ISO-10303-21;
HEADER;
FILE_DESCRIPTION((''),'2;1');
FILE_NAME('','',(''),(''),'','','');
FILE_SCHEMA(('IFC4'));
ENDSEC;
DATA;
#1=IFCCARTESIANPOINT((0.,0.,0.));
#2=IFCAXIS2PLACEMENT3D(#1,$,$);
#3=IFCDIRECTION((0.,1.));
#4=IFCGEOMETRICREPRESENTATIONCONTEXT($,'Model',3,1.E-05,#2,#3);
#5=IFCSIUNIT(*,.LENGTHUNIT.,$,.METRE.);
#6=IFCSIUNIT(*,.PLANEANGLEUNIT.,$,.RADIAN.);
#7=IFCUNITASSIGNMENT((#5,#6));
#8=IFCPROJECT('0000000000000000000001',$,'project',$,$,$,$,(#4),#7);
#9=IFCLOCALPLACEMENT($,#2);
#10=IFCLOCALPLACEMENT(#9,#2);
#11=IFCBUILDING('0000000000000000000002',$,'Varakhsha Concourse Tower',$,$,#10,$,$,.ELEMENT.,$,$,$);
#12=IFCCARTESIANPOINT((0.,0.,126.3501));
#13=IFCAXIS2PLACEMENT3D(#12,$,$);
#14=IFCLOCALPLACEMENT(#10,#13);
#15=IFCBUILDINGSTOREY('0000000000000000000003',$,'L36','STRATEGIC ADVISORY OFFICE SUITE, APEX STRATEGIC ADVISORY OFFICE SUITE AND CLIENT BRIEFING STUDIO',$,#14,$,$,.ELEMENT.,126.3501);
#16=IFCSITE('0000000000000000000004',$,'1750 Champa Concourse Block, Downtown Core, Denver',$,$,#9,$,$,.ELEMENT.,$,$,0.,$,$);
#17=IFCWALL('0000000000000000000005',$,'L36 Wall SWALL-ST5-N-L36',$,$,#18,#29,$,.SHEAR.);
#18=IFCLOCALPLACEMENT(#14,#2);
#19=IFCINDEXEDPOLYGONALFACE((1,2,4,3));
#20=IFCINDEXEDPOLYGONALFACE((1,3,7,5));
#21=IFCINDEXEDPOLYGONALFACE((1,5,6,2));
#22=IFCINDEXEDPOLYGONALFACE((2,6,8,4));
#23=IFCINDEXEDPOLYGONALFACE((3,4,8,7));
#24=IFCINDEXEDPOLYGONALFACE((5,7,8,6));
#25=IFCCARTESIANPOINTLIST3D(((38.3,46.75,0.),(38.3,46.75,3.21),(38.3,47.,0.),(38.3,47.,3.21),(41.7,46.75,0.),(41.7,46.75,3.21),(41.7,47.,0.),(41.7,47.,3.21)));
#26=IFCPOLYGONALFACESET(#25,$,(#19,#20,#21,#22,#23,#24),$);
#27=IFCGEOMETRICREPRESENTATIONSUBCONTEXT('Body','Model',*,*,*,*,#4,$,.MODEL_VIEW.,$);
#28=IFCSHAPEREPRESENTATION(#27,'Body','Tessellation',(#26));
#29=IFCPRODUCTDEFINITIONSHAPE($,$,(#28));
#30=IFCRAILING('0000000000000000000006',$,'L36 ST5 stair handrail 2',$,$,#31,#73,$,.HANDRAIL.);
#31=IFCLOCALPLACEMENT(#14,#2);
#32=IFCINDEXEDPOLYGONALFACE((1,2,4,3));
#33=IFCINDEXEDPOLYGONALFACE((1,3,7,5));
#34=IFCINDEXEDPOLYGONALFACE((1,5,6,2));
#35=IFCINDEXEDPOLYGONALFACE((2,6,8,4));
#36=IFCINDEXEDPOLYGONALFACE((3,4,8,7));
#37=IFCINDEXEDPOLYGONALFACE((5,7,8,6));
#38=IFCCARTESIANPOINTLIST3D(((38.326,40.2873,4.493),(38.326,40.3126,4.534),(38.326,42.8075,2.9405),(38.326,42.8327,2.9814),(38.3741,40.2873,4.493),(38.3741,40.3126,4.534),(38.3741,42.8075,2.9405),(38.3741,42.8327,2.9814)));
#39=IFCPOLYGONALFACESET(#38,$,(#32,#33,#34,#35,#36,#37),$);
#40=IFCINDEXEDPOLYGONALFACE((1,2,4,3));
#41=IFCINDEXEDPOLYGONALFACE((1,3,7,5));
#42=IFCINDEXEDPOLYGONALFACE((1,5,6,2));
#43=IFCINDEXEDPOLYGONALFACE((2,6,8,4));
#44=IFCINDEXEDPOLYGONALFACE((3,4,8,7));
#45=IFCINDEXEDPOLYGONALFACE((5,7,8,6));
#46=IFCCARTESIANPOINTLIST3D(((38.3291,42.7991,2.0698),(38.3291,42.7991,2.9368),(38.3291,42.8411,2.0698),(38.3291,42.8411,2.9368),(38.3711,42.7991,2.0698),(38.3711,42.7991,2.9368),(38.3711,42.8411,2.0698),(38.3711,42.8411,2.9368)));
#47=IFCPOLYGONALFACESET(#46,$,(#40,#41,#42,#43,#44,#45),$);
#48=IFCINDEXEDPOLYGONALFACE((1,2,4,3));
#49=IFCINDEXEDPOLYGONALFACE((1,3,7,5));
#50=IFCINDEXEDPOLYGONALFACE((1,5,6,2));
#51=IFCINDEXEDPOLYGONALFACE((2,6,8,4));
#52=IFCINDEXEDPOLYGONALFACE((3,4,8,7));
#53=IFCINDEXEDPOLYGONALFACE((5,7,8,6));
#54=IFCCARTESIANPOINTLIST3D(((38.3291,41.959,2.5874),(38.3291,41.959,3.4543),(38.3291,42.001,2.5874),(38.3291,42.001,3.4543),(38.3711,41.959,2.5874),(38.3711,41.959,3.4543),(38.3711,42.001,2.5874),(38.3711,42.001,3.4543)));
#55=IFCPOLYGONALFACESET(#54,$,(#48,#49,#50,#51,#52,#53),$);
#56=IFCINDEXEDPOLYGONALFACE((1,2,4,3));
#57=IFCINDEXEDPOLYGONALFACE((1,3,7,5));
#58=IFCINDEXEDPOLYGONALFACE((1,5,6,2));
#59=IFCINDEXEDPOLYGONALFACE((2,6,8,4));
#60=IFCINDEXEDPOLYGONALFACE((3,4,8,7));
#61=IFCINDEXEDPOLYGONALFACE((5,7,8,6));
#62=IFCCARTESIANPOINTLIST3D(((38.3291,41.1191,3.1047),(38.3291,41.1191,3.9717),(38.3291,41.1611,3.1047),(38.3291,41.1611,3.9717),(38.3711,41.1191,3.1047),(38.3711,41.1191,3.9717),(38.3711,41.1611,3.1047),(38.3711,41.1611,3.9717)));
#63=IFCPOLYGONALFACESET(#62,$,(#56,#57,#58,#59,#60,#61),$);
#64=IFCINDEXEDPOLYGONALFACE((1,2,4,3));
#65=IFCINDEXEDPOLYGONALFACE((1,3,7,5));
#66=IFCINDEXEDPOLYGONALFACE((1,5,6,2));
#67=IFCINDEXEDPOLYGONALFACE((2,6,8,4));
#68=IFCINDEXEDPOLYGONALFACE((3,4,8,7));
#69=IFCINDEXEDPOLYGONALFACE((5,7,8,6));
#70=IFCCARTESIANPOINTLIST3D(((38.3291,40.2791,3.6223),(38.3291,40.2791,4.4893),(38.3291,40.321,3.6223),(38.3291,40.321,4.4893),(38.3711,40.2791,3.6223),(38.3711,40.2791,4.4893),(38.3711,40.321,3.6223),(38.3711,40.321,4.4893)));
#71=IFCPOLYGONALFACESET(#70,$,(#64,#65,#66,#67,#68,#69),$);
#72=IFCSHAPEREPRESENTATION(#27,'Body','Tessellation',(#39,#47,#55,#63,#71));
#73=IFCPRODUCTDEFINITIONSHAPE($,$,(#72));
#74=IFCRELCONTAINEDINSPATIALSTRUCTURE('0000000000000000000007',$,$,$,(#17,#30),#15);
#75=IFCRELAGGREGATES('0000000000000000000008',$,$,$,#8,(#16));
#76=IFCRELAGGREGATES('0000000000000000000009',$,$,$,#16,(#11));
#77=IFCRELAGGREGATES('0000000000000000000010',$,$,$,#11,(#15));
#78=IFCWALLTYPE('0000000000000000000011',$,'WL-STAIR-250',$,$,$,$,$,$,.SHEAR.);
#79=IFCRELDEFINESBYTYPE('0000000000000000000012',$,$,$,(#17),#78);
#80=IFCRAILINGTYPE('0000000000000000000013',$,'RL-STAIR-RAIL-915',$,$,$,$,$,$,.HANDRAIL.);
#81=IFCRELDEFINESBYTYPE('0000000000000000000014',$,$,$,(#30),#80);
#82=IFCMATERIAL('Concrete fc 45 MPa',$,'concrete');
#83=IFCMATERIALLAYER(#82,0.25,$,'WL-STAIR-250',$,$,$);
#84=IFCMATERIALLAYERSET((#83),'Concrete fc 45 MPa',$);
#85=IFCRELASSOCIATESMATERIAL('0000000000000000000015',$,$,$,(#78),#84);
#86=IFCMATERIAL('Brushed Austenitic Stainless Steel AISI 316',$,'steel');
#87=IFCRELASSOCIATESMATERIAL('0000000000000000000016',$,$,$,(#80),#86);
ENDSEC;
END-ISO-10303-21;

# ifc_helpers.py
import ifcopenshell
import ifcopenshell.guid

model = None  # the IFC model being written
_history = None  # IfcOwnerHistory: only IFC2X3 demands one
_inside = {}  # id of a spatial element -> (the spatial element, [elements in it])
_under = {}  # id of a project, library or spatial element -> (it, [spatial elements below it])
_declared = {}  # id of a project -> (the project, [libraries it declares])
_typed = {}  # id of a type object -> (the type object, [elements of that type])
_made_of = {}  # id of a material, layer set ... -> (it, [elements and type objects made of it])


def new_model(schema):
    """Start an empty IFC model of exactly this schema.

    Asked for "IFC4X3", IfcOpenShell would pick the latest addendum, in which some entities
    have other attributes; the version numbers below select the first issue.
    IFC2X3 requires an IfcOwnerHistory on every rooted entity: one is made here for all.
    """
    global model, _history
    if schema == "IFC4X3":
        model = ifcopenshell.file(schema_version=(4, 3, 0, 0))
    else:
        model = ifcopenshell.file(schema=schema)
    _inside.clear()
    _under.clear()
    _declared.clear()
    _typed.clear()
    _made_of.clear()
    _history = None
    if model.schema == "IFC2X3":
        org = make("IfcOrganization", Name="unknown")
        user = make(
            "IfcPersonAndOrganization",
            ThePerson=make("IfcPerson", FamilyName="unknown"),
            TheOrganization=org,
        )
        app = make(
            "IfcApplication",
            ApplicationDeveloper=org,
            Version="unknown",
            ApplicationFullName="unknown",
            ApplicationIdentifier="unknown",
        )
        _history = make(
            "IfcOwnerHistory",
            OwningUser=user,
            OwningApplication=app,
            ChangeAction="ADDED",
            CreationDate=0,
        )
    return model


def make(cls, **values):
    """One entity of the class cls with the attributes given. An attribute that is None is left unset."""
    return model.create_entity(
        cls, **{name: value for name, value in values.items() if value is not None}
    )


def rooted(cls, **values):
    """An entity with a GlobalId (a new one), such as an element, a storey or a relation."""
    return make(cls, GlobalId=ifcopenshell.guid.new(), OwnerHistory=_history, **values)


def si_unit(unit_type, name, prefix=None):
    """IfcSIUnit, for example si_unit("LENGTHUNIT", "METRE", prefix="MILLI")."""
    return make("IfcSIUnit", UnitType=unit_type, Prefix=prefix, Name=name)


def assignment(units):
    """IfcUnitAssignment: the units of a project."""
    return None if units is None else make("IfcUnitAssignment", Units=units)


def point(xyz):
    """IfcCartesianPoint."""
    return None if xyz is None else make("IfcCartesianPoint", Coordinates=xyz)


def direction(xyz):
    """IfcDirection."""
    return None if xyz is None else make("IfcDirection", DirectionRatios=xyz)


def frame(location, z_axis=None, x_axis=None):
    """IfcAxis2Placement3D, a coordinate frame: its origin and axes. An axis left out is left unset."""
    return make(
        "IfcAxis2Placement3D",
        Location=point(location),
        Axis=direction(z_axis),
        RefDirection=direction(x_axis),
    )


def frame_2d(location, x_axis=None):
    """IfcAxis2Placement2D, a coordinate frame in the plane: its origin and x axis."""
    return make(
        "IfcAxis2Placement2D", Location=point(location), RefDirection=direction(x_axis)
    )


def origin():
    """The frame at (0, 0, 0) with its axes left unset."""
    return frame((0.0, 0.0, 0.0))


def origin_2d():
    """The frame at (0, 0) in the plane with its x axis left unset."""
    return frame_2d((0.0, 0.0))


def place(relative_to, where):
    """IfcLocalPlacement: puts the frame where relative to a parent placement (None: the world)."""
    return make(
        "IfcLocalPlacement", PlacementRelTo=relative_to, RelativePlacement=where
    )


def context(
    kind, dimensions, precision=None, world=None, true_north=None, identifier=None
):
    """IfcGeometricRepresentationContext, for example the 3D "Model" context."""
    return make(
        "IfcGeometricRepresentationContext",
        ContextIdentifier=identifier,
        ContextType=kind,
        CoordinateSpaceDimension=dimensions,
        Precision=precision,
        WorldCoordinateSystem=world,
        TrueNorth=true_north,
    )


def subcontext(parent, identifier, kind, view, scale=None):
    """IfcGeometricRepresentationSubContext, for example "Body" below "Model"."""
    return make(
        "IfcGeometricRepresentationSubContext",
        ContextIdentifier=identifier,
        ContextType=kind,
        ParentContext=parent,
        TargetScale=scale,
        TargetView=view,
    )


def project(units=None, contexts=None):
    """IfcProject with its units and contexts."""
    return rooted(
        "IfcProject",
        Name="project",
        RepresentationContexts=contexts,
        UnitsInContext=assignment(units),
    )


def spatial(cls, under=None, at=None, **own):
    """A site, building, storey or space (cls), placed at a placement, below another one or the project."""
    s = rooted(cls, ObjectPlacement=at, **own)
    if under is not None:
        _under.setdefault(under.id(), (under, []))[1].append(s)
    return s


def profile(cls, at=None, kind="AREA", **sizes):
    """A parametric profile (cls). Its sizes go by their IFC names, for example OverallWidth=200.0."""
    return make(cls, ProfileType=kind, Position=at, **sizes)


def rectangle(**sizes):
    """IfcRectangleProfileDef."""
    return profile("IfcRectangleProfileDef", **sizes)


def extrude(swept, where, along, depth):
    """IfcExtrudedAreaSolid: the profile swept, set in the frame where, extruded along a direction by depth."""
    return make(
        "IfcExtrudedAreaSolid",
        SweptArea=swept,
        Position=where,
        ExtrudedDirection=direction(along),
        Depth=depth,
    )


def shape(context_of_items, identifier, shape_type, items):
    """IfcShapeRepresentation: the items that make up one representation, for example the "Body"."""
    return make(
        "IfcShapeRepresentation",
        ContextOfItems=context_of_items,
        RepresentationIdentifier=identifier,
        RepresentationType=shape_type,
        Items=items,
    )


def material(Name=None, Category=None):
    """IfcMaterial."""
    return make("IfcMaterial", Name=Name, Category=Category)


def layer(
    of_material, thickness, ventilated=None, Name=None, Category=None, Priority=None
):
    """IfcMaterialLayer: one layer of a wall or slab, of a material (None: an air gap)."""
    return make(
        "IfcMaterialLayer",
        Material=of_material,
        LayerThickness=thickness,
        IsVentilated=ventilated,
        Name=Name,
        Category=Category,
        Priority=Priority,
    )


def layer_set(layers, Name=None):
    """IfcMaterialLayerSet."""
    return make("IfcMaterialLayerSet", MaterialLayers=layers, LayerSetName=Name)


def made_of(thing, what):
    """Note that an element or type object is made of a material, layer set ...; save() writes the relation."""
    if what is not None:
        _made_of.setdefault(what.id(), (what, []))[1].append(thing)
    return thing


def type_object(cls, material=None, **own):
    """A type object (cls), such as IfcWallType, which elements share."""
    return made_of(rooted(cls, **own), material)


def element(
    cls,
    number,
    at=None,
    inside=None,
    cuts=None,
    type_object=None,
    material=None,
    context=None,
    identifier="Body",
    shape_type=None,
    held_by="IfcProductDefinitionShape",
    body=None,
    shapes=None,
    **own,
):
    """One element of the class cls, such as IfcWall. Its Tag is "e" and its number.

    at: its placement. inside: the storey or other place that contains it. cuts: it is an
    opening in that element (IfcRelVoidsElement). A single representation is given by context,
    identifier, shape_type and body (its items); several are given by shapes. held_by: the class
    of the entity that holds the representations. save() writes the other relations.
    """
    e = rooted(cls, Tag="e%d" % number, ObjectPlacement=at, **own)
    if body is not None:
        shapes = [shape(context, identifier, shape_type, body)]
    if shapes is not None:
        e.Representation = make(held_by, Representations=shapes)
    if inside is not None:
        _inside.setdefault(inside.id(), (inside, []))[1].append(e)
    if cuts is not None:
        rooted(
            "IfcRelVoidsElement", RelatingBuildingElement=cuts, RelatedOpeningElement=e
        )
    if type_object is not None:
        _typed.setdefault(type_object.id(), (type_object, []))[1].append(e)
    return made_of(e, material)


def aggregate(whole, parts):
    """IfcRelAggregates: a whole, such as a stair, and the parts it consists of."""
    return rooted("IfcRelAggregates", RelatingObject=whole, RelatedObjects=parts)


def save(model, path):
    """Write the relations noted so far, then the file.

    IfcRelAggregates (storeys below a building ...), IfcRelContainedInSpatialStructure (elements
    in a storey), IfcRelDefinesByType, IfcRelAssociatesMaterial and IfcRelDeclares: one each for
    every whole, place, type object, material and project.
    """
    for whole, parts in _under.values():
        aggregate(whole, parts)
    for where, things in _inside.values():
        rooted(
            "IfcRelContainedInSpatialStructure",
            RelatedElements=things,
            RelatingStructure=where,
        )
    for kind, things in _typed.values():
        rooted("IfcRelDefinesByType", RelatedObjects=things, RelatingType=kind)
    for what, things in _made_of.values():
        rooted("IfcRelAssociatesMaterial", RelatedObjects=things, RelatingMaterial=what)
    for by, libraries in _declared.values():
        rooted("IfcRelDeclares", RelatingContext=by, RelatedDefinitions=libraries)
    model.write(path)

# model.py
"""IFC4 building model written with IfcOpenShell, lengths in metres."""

from ifc_helpers import new_model, si_unit, direction, frame, frame_2d, origin, origin_2d, place, context, subcontext, project, spatial, rectangle, extrude, material, layer, layer_set, type_object, element, save


model = new_model("IFC4")

# Units and contexts
model_context = context("Model", 3, precision=1e-05, world=origin(), true_north=direction((0.0, 1.0)))
body_context = subcontext(model_context, "Body", "Model", "MODEL_VIEW")
ifc_project = project(units=[si_unit("LENGTHUNIT", "METRE"), si_unit("PLANEANGLEUNIT", "RADIAN")], contexts=[model_context])

# Site, building, storey
site_placement = place(None, origin())
site = spatial("IfcSite", under=ifc_project, at=site_placement, Name="1750 Champa Concourse Block, Downtown Core, Denver", CompositionType="ELEMENT", RefElevation=0.0)
building_placement = place(site_placement, origin())
building = spatial("IfcBuilding", under=site, at=building_placement, Name="Varakhsha Concourse Tower", CompositionType="ELEMENT")
storey_placement = place(building_placement, frame((0.0, 0.0, 126.3501)))
storey = spatial("IfcBuildingStorey", under=building, at=storey_placement, Name="L36", Description="STRATEGIC ADVISORY OFFICE SUITE, APEX STRATEGIC ADVISORY OFFICE SUITE AND CLIENT BRIEFING STUDIO", CompositionType="ELEMENT", Elevation=126.3501)

# Shared definitions
ifc_material_1 = material(Name="Concrete fc 45 MPa", Category="concrete")
ifc_layer_1 = layer(ifc_material_1, 0.25, Name="WL-STAIR-250")
ifc_layer_set_1 = layer_set([ifc_layer_1], Name="Concrete fc 45 MPa")
wall_type_1 = type_object("IfcWallType", Name="WL-STAIR-250", PredefinedType="SHEAR", material=ifc_layer_set_1)

# Wall
wall_1_placement = place(storey_placement, frame((38.3, 46.875, 0.0), z_axis=(0.0, 0.0, 1.0), x_axis=(1.0, 0.0, 0.0)))
element("IfcWall", 1, at=wall_1_placement, inside=storey, type_object=wall_type_1, Name="L36 Wall SWALL-ST5-N-L36", PredefinedType="SHEAR", context=body_context, shape_type="SweptSolid", body=[
    extrude(rectangle(XDim=3.3999, YDim=0.25, at=frame_2d((1.7, 0.0))), origin(), (0.0, 0.0, 1.0), 3.21),
])

# Railing
ifc_material_2 = material(Name="Brushed Austenitic Stainless Steel AISI 316", Category="steel")
railing_type = type_object("IfcRailingType", Name="RL-STAIR-RAIL-915", PredefinedType="HANDRAIL", material=ifc_material_2)
railing_placement = place(storey_placement, frame((38.3501, 42.8201, 2.0698)))
element("IfcRailing", 2, at=railing_placement, inside=storey, type_object=railing_type, Name="L36 ST5 stair handrail 2", PredefinedType="HANDRAIL", context=body_context, shape_type="SweptSolid", body=[
    extrude(rectangle(XDim=0.0481, YDim=0.0481, at=origin_2d()), frame((0.0, 0.0, 0.8911), z_axis=(0.0, -0.8514, 0.524516), x_axis=(1.0, 0.0, 0.0)), (0.0, 0.0, 1.0), 2.96),
    extrude(rectangle(XDim=0.042, YDim=0.042, at=origin_2d()), origin(), (0.0, 0.0, 1.0), 0.8669),
    extrude(rectangle(XDim=0.042, YDim=0.042, at=origin_2d()), frame((0.0, -0.8401, 0.5176)), (0.0, 0.0, 1.0), 0.8669),
    extrude(rectangle(XDim=0.042, YDim=0.042, at=origin_2d()), frame((0.0, -1.6799, 1.0349)), (0.0, 0.0, 1.0), 0.8669),
    extrude(rectangle(XDim=0.042, YDim=0.042, at=origin_2d()), frame((0.0, -2.52, 1.5525)), (0.0, 0.0, 1.0), 0.8669),
])

save(model, "model.ifc")
